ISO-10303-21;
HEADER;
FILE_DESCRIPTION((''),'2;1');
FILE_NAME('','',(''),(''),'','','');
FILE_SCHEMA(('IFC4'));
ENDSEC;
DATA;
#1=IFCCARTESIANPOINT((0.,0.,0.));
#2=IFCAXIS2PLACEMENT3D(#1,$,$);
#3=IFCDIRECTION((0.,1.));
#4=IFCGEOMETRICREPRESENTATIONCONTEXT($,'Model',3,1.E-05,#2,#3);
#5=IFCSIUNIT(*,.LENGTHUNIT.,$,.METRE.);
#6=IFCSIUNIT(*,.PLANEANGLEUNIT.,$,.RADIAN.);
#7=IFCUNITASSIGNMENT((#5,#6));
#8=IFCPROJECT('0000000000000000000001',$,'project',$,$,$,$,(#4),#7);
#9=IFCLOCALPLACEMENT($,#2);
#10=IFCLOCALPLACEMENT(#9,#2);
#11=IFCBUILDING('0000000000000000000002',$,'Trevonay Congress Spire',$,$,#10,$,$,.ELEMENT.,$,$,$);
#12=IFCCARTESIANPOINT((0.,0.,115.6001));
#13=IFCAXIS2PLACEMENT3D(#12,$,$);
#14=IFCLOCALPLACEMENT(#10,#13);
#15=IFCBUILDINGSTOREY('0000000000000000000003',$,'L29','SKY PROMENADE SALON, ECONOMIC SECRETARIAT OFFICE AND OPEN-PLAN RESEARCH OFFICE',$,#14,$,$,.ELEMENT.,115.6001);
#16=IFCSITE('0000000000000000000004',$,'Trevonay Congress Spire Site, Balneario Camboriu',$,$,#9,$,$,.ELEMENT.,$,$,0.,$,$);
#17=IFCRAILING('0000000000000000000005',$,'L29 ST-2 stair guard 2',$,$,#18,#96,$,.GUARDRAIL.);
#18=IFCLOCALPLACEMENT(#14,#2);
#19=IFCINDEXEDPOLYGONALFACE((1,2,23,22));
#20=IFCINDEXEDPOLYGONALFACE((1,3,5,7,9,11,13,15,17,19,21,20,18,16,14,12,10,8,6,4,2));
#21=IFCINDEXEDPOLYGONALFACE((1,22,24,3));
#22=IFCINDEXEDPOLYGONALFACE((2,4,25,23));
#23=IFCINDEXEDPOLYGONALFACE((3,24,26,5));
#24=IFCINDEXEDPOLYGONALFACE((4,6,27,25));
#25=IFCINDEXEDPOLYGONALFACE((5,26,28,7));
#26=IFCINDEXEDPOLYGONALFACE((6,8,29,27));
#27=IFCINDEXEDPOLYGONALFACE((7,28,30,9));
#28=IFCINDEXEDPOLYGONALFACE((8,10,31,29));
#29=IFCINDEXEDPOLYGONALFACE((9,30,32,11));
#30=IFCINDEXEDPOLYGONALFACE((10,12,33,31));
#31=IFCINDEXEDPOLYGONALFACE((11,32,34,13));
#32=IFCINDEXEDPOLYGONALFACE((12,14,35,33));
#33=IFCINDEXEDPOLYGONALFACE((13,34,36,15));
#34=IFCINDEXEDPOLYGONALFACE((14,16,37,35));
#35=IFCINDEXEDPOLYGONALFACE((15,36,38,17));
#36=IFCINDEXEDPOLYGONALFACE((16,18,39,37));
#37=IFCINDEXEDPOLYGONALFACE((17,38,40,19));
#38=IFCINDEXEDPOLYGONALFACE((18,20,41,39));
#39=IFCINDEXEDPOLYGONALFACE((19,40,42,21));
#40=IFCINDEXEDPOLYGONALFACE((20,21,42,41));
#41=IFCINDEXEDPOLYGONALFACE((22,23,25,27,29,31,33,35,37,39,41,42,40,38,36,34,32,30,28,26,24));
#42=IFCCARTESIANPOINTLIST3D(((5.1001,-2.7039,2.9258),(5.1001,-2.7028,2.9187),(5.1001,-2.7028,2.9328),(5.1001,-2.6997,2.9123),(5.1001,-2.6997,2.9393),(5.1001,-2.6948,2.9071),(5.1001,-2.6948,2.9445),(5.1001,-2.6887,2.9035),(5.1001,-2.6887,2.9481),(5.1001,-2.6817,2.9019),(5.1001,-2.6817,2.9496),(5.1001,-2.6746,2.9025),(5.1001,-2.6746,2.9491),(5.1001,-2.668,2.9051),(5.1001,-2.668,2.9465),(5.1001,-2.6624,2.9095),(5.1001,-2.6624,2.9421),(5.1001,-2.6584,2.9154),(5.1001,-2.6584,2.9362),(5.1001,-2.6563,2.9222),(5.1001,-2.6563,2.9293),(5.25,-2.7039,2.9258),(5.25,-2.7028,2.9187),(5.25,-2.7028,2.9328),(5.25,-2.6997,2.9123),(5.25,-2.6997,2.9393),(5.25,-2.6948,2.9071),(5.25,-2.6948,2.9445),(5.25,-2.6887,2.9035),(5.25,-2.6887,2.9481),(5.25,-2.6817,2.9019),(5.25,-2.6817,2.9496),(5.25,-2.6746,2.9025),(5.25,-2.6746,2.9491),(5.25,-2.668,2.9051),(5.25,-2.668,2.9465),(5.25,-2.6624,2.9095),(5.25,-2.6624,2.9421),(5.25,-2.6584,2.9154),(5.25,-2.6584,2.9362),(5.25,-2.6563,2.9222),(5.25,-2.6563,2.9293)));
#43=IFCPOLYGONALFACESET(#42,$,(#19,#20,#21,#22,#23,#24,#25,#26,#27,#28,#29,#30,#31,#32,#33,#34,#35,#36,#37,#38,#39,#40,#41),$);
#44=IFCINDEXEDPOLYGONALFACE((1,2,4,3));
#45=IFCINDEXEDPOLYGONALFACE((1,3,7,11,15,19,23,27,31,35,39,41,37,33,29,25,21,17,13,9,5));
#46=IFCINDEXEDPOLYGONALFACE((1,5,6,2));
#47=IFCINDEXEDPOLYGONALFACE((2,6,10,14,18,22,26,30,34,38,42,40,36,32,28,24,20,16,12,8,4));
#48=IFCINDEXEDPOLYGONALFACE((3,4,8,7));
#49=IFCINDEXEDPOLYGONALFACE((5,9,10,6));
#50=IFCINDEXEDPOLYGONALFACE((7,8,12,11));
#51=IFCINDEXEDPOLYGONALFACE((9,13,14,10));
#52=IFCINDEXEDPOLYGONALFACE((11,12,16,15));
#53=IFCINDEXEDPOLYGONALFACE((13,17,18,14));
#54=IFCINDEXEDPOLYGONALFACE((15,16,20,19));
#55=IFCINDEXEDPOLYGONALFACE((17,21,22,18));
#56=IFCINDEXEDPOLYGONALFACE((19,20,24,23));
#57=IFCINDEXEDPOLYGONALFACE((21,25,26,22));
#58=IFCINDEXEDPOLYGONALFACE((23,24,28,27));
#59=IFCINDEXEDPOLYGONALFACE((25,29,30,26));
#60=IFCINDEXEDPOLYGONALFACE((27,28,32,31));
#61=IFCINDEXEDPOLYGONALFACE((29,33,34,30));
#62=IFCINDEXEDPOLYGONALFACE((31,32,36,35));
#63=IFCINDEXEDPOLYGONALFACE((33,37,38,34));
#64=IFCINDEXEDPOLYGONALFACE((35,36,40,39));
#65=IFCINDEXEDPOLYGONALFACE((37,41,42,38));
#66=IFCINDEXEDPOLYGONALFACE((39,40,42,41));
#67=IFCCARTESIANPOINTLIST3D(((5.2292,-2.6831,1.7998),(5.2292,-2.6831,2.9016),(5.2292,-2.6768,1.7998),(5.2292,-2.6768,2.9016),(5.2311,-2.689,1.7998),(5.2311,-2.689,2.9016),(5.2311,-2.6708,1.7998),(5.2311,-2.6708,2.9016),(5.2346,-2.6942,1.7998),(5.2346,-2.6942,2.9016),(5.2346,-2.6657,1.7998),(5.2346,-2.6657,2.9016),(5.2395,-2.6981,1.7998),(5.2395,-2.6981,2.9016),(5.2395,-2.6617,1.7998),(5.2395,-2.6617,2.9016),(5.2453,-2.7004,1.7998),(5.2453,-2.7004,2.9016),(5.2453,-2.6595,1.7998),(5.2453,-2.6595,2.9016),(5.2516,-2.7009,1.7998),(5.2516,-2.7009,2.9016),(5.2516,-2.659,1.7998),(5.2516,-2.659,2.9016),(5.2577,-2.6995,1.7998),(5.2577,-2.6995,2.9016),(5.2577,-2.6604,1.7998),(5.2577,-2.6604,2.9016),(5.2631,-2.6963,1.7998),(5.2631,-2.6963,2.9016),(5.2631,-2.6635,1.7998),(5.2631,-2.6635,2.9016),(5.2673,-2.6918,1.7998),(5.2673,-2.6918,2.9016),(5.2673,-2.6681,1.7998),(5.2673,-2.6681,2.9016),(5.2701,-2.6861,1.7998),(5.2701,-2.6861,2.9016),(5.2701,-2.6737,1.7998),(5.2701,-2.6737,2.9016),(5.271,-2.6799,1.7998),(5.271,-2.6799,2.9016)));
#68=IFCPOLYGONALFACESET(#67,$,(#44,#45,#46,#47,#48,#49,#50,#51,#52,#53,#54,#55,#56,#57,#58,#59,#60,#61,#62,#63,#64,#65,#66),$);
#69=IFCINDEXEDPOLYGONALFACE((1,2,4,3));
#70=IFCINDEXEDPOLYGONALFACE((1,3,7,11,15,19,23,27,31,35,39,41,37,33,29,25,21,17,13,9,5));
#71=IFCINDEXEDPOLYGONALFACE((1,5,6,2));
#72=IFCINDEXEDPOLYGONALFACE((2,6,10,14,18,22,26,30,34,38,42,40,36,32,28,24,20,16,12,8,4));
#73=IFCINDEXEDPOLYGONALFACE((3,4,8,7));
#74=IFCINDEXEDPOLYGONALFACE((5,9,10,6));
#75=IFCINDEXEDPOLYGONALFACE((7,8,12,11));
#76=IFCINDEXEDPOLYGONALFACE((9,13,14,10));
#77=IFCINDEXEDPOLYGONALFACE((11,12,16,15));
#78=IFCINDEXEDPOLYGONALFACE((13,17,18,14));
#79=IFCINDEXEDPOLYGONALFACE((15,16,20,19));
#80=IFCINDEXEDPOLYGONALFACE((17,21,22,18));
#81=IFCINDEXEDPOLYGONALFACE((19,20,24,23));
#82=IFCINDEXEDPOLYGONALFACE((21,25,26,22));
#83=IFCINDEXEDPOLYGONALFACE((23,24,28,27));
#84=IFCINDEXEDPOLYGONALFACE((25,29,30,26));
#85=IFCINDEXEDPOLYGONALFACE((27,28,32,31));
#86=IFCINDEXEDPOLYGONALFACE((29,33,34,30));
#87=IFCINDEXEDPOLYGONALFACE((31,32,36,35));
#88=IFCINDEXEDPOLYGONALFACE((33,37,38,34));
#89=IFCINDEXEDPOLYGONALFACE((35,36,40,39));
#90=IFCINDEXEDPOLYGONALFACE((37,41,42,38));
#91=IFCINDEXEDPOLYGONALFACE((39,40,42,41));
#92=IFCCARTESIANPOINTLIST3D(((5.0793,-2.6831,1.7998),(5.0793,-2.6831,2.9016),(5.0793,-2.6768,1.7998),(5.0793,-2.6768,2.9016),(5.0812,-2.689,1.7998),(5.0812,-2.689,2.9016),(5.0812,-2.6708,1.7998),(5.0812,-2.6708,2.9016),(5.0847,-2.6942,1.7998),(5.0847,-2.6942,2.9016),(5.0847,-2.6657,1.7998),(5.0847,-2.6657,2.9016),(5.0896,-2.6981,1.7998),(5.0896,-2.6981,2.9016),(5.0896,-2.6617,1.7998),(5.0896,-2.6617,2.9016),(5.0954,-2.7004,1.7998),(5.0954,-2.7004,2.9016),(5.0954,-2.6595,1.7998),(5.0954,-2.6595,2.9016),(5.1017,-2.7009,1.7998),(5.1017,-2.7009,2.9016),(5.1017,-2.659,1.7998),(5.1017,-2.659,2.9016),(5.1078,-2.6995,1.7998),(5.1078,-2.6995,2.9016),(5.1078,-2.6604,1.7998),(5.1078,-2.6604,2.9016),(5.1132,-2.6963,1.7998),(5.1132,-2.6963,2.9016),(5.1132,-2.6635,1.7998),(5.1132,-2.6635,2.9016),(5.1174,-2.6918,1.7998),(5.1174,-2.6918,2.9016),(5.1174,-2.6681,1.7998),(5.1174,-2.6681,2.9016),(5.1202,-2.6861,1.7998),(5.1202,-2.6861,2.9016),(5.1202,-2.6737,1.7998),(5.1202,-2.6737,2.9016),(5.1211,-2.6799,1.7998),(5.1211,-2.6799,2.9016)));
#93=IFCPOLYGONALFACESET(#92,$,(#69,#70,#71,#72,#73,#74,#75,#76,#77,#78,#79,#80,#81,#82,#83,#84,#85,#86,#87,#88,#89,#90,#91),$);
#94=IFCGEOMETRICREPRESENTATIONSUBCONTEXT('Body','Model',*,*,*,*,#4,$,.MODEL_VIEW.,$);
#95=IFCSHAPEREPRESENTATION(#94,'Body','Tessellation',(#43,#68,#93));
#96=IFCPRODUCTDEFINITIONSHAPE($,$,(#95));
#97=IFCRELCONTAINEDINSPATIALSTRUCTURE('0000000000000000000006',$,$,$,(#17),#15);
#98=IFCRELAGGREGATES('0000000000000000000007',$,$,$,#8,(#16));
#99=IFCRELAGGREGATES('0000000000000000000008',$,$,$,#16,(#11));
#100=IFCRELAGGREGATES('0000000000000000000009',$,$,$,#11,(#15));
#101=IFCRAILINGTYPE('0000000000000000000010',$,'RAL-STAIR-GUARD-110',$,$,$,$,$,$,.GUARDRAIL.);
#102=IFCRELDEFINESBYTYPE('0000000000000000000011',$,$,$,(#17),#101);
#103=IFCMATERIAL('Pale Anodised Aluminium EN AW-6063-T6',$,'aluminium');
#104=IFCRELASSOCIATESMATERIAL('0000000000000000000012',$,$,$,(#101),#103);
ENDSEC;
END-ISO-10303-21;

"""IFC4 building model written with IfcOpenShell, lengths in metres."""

from ifc_helpers import new_model, si_unit, direction, frame, origin, origin_2d, place, context, subcontext, project, spatial, circle, extrude, material, type_object, element, save


model = new_model("IFC4")

# Units and contexts
model_context = context("Model", 3, precision=1e-05, world=origin(), true_north=direction((0.0, 1.0)))
body_context = subcontext(model_context, "Body", "Model", "MODEL_VIEW")
ifc_project = project(units=[si_unit("LENGTHUNIT", "METRE"), si_unit("PLANEANGLEUNIT", "RADIAN")], contexts=[model_context])

# Site, building, storey
site_placement = place(None, origin())
site = spatial("IfcSite", under=ifc_project, at=site_placement, Name="Trevonay Congress Spire Site, Balneario Camboriu", CompositionType="ELEMENT", RefElevation=0.0)
building_placement = place(site_placement, origin())
building = spatial("IfcBuilding", under=site, at=building_placement, Name="Trevonay Congress Spire", CompositionType="ELEMENT")
storey_placement = place(building_placement, frame((0.0, 0.0, 115.6001)))
storey = spatial("IfcBuildingStorey", under=building, at=storey_placement, Name="L29", Description="SKY PROMENADE SALON, ECONOMIC SECRETARIAT OFFICE AND OPEN-PLAN RESEARCH OFFICE", CompositionType="ELEMENT", Elevation=115.6001)

# Railing
ifc_material_1 = material(Name="Pale Anodised Aluminium EN AW-6063-T6", Category="aluminium")
railing_type_1 = type_object("IfcRailingType", Name="RAL-STAIR-GUARD-110", PredefinedType="GUARDRAIL", material=ifc_material_1)
railing_1_placement = place(storey_placement, frame((5.25, -2.6799, 1.7998)))
element("IfcRailing", 1, at=railing_1_placement, inside=storey, type_object=railing_type_1, Name="L29 ST-2 stair guard 2", PredefinedType="GUARDRAIL", context=body_context, shape_type="SweptSolid", body=[
    extrude(circle(Radius=0.0239, at=origin_2d()), frame((0.0, 0.0, 1.126), z_axis=(-1.0, 0.0, 0.0), x_axis=(0.0, -1.0, 0.0)), (0.0, 0.0, 1.0), 0.1499),
    extrude(circle(Radius=0.021, at=origin_2d()), origin(), (0.0, 0.0, 1.0), 1.1018),
    extrude(circle(Radius=0.021, at=origin_2d()), frame((-0.1499, 0.0, 0.0)), (0.0, 0.0, 1.0), 1.1018),
])

save(model, "model.ifc")
